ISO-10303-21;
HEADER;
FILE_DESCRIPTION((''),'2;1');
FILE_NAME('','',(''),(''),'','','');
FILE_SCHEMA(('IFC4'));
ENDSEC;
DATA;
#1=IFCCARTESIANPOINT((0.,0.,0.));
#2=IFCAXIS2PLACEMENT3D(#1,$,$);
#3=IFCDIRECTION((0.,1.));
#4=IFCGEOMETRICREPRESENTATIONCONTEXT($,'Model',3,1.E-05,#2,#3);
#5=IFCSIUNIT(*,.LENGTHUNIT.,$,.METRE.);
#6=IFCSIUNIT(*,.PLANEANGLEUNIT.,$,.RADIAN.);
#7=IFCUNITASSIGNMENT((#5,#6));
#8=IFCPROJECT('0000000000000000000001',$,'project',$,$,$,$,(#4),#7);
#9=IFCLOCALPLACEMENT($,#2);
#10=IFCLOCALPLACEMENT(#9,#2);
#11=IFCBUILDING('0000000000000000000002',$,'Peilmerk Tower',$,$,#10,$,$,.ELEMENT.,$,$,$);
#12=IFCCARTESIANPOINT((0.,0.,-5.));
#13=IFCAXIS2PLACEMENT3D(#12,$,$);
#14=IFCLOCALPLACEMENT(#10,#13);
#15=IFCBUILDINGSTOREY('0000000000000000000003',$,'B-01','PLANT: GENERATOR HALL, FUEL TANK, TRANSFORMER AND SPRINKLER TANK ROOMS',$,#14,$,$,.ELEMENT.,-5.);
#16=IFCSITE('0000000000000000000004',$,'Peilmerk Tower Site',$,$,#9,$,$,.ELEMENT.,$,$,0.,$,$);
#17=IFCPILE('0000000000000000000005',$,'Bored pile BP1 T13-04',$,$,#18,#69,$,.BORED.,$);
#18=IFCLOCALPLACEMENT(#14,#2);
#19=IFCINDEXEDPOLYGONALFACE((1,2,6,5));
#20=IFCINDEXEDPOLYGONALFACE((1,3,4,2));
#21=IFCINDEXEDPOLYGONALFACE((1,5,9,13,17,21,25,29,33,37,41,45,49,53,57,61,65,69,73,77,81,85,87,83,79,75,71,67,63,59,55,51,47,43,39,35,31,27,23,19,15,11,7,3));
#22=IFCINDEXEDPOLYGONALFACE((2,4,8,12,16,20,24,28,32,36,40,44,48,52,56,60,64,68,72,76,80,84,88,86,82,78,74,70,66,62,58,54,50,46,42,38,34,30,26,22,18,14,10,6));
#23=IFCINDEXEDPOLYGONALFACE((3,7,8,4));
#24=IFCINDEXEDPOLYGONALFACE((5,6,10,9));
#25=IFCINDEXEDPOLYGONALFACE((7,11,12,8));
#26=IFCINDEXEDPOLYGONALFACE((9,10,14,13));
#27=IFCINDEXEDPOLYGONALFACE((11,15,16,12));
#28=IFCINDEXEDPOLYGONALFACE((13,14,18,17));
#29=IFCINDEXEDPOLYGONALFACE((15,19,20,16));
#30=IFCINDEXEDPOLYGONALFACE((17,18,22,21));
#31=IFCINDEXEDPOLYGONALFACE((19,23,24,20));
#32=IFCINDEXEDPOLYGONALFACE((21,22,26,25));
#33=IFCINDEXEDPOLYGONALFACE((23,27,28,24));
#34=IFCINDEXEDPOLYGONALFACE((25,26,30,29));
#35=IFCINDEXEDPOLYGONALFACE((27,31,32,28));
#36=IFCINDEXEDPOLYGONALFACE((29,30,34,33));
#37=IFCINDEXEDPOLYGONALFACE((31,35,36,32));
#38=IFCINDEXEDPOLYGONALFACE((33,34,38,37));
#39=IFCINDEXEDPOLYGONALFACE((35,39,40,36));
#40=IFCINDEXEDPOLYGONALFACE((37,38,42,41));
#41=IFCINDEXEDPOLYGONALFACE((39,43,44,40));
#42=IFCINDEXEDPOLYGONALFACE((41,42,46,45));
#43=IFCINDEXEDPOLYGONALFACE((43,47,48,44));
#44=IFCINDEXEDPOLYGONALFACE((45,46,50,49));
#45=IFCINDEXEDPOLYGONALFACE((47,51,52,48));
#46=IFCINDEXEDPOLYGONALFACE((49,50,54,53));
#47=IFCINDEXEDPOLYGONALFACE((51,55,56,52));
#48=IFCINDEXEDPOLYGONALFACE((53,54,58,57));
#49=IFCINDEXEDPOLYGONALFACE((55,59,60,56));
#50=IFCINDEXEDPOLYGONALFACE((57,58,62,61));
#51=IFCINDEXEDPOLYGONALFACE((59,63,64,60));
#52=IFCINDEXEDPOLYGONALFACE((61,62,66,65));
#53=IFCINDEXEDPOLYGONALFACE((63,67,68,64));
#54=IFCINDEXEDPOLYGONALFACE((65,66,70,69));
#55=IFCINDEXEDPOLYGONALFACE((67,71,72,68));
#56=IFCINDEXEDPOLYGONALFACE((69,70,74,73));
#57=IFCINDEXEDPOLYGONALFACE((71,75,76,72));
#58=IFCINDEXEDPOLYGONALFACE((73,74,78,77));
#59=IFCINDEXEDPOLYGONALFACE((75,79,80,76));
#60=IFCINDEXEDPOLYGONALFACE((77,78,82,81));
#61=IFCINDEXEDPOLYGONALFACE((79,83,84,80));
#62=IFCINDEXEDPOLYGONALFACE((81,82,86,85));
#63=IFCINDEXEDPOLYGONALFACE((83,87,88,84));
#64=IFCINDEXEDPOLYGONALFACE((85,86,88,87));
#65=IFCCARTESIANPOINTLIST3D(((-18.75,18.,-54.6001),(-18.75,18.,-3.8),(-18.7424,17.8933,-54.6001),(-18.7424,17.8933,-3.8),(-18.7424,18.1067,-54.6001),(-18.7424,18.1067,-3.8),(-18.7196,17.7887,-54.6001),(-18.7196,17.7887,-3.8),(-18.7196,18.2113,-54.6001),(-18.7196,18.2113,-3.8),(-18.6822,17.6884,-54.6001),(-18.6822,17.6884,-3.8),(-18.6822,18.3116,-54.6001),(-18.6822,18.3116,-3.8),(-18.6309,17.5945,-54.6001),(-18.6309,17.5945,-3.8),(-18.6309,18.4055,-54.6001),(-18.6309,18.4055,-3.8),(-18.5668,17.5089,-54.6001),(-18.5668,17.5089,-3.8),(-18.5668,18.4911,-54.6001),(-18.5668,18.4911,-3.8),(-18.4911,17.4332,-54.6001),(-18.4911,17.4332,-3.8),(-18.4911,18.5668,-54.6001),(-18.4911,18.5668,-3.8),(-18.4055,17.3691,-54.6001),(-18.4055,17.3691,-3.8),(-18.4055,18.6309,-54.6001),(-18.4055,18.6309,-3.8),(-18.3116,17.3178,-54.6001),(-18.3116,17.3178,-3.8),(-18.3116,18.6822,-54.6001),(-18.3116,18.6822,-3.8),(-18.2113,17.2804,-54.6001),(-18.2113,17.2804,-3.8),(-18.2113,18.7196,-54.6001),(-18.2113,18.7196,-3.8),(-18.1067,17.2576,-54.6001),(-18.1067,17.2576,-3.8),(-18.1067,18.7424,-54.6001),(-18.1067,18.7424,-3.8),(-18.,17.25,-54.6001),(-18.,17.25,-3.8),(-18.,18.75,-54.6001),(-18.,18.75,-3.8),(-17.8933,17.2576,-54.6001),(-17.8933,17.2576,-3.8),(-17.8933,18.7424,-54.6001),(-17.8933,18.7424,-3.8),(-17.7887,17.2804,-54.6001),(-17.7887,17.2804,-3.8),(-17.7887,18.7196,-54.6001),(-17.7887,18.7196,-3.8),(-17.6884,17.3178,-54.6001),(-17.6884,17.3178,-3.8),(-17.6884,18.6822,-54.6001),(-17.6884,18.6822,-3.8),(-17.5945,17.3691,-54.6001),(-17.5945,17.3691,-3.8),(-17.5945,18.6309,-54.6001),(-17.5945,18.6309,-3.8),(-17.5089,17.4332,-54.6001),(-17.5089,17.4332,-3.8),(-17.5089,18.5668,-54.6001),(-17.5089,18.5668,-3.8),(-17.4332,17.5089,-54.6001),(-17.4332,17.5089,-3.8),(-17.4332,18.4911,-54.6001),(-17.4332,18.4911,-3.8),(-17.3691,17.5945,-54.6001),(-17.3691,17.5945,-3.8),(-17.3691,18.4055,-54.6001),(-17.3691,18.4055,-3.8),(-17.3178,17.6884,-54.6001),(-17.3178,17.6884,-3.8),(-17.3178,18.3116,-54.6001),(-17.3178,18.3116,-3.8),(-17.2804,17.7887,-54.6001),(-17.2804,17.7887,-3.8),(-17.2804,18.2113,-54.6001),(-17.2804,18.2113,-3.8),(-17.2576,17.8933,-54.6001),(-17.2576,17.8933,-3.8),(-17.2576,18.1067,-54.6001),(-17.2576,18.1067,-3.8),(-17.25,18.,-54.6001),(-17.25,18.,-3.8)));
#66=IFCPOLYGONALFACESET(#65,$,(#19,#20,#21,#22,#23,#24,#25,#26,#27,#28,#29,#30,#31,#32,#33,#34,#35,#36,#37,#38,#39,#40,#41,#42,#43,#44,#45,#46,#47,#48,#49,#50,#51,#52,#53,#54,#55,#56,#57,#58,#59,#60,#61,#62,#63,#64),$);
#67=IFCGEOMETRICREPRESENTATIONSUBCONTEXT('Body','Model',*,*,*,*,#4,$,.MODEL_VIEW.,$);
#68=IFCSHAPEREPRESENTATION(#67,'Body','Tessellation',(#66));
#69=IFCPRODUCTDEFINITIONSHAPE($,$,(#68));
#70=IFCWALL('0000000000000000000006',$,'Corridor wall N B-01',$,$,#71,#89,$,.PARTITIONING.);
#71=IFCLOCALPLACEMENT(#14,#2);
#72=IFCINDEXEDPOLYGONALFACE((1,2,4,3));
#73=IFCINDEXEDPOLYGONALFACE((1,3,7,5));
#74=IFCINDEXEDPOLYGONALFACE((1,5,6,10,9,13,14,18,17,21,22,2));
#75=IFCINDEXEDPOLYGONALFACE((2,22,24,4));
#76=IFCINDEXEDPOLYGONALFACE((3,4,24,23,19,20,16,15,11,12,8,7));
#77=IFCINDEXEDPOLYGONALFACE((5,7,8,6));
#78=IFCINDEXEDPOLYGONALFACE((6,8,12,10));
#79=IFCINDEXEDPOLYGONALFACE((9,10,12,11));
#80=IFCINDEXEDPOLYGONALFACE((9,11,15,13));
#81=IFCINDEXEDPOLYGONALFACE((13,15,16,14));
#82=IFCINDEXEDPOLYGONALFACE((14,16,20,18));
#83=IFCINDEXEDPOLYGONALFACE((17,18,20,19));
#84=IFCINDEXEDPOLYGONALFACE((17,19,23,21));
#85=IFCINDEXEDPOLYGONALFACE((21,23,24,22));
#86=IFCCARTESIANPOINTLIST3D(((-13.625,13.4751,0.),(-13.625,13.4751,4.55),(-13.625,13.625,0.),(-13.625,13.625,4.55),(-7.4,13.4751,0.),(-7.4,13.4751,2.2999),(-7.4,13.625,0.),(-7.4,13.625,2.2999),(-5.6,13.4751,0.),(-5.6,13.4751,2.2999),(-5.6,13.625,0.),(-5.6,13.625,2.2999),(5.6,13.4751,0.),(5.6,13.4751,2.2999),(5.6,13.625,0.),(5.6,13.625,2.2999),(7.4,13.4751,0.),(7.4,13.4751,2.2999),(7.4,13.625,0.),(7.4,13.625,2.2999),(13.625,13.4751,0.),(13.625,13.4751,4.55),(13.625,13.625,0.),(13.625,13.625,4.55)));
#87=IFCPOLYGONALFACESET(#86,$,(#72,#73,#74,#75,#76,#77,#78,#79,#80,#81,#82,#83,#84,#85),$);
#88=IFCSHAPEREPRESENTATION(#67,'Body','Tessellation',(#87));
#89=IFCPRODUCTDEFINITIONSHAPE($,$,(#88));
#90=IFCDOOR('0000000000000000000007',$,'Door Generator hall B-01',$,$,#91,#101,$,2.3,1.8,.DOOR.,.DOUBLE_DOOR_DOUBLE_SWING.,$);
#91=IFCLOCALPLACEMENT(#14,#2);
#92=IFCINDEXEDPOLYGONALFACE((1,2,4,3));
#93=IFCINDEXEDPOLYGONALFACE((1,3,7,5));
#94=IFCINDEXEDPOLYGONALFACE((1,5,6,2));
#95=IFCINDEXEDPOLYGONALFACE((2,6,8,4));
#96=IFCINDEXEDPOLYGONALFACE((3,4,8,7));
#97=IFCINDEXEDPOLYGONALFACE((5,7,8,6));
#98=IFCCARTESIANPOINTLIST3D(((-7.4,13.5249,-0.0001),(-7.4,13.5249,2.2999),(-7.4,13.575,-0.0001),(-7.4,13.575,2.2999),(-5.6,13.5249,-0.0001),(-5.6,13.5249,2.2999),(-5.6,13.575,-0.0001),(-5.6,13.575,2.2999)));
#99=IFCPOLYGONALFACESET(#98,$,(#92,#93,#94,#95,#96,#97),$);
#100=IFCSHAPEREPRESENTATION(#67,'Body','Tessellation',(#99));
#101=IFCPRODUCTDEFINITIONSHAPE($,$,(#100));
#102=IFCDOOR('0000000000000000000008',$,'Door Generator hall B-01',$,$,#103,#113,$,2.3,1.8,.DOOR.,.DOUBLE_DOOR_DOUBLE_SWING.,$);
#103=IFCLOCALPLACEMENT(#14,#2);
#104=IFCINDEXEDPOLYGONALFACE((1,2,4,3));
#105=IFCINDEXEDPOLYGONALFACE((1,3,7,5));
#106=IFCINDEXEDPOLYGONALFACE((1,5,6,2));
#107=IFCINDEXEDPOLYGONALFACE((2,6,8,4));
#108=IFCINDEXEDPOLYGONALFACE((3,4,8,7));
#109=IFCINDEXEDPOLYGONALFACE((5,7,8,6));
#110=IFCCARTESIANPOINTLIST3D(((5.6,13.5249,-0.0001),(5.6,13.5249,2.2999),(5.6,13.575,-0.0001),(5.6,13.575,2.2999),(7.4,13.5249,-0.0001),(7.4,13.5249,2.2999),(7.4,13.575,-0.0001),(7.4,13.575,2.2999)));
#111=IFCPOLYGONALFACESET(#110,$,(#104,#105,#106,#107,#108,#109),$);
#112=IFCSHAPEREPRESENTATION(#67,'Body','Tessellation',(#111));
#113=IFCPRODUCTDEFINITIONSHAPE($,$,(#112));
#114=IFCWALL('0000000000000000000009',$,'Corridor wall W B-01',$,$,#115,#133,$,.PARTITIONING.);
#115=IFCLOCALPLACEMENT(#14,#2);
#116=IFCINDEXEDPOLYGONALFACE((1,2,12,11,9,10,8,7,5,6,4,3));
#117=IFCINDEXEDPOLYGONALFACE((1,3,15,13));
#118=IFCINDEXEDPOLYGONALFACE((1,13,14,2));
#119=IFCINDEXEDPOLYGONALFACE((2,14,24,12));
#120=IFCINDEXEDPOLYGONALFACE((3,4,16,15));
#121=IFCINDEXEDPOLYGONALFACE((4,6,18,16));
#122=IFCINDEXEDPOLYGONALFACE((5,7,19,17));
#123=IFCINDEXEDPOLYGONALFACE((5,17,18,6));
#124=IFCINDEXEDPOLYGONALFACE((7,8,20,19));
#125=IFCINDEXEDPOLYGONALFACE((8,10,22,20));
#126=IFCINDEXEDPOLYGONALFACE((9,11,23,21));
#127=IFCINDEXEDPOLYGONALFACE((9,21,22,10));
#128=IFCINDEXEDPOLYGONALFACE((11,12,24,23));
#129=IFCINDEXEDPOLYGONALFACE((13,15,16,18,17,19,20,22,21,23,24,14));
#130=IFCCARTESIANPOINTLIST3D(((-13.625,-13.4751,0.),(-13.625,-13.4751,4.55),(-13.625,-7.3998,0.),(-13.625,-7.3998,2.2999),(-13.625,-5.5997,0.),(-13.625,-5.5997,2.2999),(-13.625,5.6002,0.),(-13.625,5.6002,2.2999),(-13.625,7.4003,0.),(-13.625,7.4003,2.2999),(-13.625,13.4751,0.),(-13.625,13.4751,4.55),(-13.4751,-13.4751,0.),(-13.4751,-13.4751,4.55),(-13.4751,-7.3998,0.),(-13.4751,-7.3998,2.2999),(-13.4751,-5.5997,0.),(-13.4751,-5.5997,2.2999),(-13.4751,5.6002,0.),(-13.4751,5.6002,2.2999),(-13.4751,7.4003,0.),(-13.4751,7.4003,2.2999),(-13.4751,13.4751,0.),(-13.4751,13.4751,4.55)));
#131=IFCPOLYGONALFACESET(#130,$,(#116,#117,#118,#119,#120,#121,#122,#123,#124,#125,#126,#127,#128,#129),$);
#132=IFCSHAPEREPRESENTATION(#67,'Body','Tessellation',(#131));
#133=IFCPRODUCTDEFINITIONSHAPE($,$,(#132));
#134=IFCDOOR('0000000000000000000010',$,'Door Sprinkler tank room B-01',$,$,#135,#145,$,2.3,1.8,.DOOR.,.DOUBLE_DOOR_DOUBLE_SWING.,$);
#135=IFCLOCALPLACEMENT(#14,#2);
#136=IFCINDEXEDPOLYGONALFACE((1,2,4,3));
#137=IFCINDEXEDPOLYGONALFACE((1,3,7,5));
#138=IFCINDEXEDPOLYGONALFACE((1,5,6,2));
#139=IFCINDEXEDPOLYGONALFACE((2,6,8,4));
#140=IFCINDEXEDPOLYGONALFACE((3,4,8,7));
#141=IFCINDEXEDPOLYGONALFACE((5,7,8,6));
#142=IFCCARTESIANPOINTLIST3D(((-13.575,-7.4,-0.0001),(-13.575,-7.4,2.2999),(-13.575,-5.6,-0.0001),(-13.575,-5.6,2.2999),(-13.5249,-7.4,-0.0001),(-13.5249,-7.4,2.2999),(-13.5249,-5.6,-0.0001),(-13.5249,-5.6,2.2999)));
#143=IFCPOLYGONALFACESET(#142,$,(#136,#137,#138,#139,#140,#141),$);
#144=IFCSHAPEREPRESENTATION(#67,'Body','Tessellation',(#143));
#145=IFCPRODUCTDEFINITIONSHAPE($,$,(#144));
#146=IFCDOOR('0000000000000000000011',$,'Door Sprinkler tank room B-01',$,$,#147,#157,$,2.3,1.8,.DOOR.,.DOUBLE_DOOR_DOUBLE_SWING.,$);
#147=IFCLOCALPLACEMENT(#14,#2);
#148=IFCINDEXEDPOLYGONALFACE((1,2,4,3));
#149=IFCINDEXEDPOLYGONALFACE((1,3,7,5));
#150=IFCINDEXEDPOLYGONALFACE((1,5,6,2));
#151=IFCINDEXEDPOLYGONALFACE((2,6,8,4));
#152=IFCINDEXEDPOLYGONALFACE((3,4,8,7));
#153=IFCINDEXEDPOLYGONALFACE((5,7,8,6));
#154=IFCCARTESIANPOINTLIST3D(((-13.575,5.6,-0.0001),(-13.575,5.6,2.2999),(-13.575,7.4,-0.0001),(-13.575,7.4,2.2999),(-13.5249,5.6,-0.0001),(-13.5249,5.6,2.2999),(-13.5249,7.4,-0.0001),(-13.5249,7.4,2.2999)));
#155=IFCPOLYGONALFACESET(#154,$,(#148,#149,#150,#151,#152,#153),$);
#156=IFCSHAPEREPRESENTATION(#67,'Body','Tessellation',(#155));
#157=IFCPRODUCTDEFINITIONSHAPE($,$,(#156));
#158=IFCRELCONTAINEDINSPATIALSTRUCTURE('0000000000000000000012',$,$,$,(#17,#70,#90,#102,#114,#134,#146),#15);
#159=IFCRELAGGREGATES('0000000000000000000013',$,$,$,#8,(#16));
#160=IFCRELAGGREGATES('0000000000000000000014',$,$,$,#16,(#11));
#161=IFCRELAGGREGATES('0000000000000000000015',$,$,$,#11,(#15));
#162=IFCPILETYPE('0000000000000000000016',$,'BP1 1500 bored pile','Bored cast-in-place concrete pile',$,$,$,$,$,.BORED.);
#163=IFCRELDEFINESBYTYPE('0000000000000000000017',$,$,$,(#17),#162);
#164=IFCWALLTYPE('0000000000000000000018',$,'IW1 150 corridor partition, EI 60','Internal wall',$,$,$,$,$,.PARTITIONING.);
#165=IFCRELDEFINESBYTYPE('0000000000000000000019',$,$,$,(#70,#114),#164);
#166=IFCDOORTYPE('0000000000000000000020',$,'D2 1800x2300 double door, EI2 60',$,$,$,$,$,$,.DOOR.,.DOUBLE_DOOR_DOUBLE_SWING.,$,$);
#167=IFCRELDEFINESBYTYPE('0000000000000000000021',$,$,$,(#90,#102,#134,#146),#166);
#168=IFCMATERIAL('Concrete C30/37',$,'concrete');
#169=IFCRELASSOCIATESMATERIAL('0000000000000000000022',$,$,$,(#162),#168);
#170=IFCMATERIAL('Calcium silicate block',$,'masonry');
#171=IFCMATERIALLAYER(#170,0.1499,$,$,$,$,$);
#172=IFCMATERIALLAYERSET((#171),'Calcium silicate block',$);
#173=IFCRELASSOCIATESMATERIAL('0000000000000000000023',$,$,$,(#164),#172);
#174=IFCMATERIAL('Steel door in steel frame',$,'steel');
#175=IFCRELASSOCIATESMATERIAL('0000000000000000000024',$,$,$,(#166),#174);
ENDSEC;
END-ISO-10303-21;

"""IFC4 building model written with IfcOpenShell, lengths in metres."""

from ifc_helpers import new_model, si_unit, direction, frame, frame_2d, origin, origin_2d, place, context, subcontext, project, spatial, rectangle, circle, extrude, material, layer, layer_set, material_profile, profile_set, type_object, element, fill, save


model = new_model("IFC4")

# Units and contexts
model_context = context("Model", 3, precision=1e-05, world=origin(), true_north=direction((0.0, 1.0)))
body_context = subcontext(model_context, "Body", "Model", "MODEL_VIEW")
ifc_project = project(units=[si_unit("LENGTHUNIT", "METRE"), si_unit("PLANEANGLEUNIT", "RADIAN")], contexts=[model_context])

# Site, building, storey
site_placement = place(None, origin())
site = spatial("IfcSite", under=ifc_project, at=site_placement, Name="Peilmerk Tower Site", CompositionType="ELEMENT", RefElevation=0.0)
building_placement = place(site_placement, origin())
building = spatial("IfcBuilding", under=site, at=building_placement, Name="Peilmerk Tower", CompositionType="ELEMENT")
storey_placement = place(building_placement, frame((0.0, 0.0, -5.0)))
storey = spatial("IfcBuildingStorey", under=building, at=storey_placement, Name="B-01", Description="PLANT: GENERATOR HALL, FUEL TANK, TRANSFORMER AND SPRINKLER TANK ROOMS", CompositionType="ELEMENT", Elevation=-5.0)

# Pile
ifc_material_1 = material(Name="Concrete C30/37", Category="concrete")
ifc_material_profile = material_profile(ifc_material_1, circle(Radius=0.75, at=origin_2d()), Name="BP 1500")
ifc_profile_set = profile_set([ifc_material_profile], Name="Concrete C30/37")
pile_type = type_object("IfcPileType", Name="BP1 1500 bored pile", Description="Bored cast-in-place concrete pile", PredefinedType="BORED", material=ifc_profile_set)
for number, where, z_axis, x_axis, name in (
    (1, (-18.0, 18.0, -3.8), (0.0, 0.0, -1.0), (1.0, 0.0, 0.0), "Bored pile BP1 T13-04"),
):
    element("IfcPile", number, at=place(storey_placement, frame(where, z_axis=z_axis, x_axis=x_axis)), inside=storey, type_object=pile_type, Name=name, PredefinedType="BORED", context=body_context, shape_type="SweptSolid", body=[
        extrude(circle(Radius=0.75, at=origin_2d()), origin(), (0.0, 0.0, 1.0), 50.8),
    ])

# Walls, openings, doors
ifc_material_2 = material(Name="Calcium silicate block", Category="masonry")
ifc_layer_1 = layer(ifc_material_2, 0.1499)
ifc_layer_set_1 = layer_set([ifc_layer_1], Name="Calcium silicate block")
wall_type_1 = type_object("IfcWallType", Name="IW1 150 corridor partition, EI 60", Description="Internal wall", PredefinedType="PARTITIONING", material=ifc_layer_set_1)
wall_1_placement = place(storey_placement, frame((-13.625, 13.55, 0.0), z_axis=(0.0, 0.0, 1.0), x_axis=(1.0, 0.0, 0.0)))
wall_1 = element("IfcWall", 2, at=wall_1_placement, inside=storey, type_object=wall_type_1, Name="Corridor wall N B-01", PredefinedType="PARTITIONING", context=body_context, shape_type="SweptSolid", body=[
    extrude(rectangle(XDim=27.25, YDim=0.1499, at=frame_2d((13.625, 0.0))), origin(), (0.0, 0.0, 1.0), 4.55),
])
opening_1_placement = place(wall_1_placement, frame((6.2251, 0.0, 0.0)))
opening_1 = element("IfcOpeningElement", 3, at=opening_1_placement, cuts=wall_1, PredefinedType="OPENING", context=body_context, shape_type="SweptSolid", body=[
    extrude(rectangle(XDim=1.8, YDim=2.3, at=frame_2d((0.8999, 1.1499))), frame((0.0, 0.085, 0.0), z_axis=(0.0, -1.0, 0.0), x_axis=(1.0, 0.0, 0.0)), (0.0, 0.0, 1.0), 0.1699),
])
opening_2_placement = place(wall_1_placement, frame((19.2251, 0.0, 0.0)))
opening_2 = element("IfcOpeningElement", 4, at=opening_2_placement, cuts=wall_1, PredefinedType="OPENING", context=body_context, shape_type="SweptSolid", body=[
    extrude(rectangle(XDim=1.8, YDim=2.3, at=frame_2d((0.8999, 1.1499))), frame((0.0, 0.085, 0.0), z_axis=(0.0, -1.0, 0.0), x_axis=(1.0, 0.0, 0.0)), (0.0, 0.0, 1.0), 0.1699),
])
ifc_material_3 = material(Name="Steel door in steel frame", Category="steel")
door_type_1 = type_object("IfcDoorType", Name="D2 1800x2300 double door, EI2 60", OperationType="DOUBLE_DOOR_DOUBLE_SWING", PredefinedType="DOOR", material=ifc_material_3)
door_1_placement = place(opening_1_placement, origin())
door_1 = element("IfcDoor", 5, at=door_1_placement, inside=storey, type_object=door_type_1, Name="Door Generator hall B-01", OperationType="DOUBLE_DOOR_DOUBLE_SWING", OverallHeight=2.3, OverallWidth=1.8, PredefinedType="DOOR", context=body_context, shape_type="SweptSolid", body=[
    extrude(rectangle(XDim=1.8, YDim=2.3, at=frame_2d((0.8999, 1.1499))), frame((0.0, 0.0249, 0.0), z_axis=(0.0, -1.0, 0.0), x_axis=(1.0, 0.0, 0.0)), (0.0, 0.0, 1.0), 0.05),
])
fill(opening_1, door_1)
door_2_placement = place(opening_2_placement, origin())
door_2 = element("IfcDoor", 6, at=door_2_placement, inside=storey, type_object=door_type_1, Name="Door Generator hall B-01", OperationType="DOUBLE_DOOR_DOUBLE_SWING", OverallHeight=2.3, OverallWidth=1.8, PredefinedType="DOOR", context=body_context, shape_type="SweptSolid", body=[
    extrude(rectangle(XDim=1.8, YDim=2.3, at=frame_2d((0.8999, 1.1499))), frame((0.0, 0.0249, 0.0), z_axis=(0.0, -1.0, 0.0), x_axis=(1.0, 0.0, 0.0)), (0.0, 0.0, 1.0), 0.05),
])
fill(opening_2, door_2)
wall_2_placement = place(storey_placement, frame((-13.55, 13.4751, 0.0), z_axis=(0.0, 0.0, 1.0), x_axis=(0.0, -1.0, 0.0)))
wall_2 = element("IfcWall", 7, at=wall_2_placement, inside=storey, type_object=wall_type_1, Name="Corridor wall W B-01", PredefinedType="PARTITIONING", context=body_context, shape_type="SweptSolid", body=[
    extrude(rectangle(XDim=26.9502, YDim=0.1499, at=frame_2d((13.4751, 0.0))), origin(), (0.0, 0.0, 1.0), 4.55),
])
opening_3_placement = place(wall_2_placement, frame((19.075, 0.0, 0.0)))
opening_3 = element("IfcOpeningElement", 8, at=opening_3_placement, cuts=wall_2, PredefinedType="OPENING", context=body_context, shape_type="SweptSolid", body=[
    extrude(rectangle(XDim=1.8, YDim=2.3, at=frame_2d((0.8999, 1.1499))), frame((0.0, 0.085, 0.0), z_axis=(0.0, -1.0, 0.0), x_axis=(1.0, 0.0, 0.0)), (0.0, 0.0, 1.0), 0.1699),
])
opening_4_placement = place(wall_2_placement, frame((6.075, 0.0, 0.0)))
opening_4 = element("IfcOpeningElement", 9, at=opening_4_placement, cuts=wall_2, PredefinedType="OPENING", context=body_context, shape_type="SweptSolid", body=[
    extrude(rectangle(XDim=1.8, YDim=2.3, at=frame_2d((0.8999, 1.1499))), frame((0.0, 0.085, 0.0), z_axis=(0.0, -1.0, 0.0), x_axis=(1.0, 0.0, 0.0)), (0.0, 0.0, 1.0), 0.1699),
])
door_3_placement = place(opening_3_placement, frame((1.8, 0.0, 0.0), z_axis=(0.0, 0.0, 1.0), x_axis=(-1.0, 0.0, 0.0)))
door_3 = element("IfcDoor", 10, at=door_3_placement, inside=storey, type_object=door_type_1, Name="Door Sprinkler tank room B-01", OperationType="DOUBLE_DOOR_DOUBLE_SWING", OverallHeight=2.3, OverallWidth=1.8, PredefinedType="DOOR", context=body_context, shape_type="SweptSolid", body=[
    extrude(rectangle(XDim=1.8, YDim=2.3, at=frame_2d((0.8999, 1.1499))), frame((0.0, 0.0249, 0.0), z_axis=(0.0, -1.0, 0.0), x_axis=(1.0, 0.0, 0.0)), (0.0, 0.0, 1.0), 0.05),
])
fill(opening_3, door_3)
door_4_placement = place(opening_4_placement, frame((1.8, 0.0, 0.0), z_axis=(0.0, 0.0, 1.0), x_axis=(-1.0, 0.0, 0.0)))
door_4 = element("IfcDoor", 11, at=door_4_placement, inside=storey, type_object=door_type_1, Name="Door Sprinkler tank room B-01", OperationType="DOUBLE_DOOR_DOUBLE_SWING", OverallHeight=2.3, OverallWidth=1.8, PredefinedType="DOOR", context=body_context, shape_type="SweptSolid", body=[
    extrude(rectangle(XDim=1.8, YDim=2.3, at=frame_2d((0.8999, 1.1499))), frame((0.0, 0.0249, 0.0), z_axis=(0.0, -1.0, 0.0), x_axis=(1.0, 0.0, 0.0)), (0.0, 0.0, 1.0), 0.05),
])
fill(opening_4, door_4)

save(model, "model.ifc")
